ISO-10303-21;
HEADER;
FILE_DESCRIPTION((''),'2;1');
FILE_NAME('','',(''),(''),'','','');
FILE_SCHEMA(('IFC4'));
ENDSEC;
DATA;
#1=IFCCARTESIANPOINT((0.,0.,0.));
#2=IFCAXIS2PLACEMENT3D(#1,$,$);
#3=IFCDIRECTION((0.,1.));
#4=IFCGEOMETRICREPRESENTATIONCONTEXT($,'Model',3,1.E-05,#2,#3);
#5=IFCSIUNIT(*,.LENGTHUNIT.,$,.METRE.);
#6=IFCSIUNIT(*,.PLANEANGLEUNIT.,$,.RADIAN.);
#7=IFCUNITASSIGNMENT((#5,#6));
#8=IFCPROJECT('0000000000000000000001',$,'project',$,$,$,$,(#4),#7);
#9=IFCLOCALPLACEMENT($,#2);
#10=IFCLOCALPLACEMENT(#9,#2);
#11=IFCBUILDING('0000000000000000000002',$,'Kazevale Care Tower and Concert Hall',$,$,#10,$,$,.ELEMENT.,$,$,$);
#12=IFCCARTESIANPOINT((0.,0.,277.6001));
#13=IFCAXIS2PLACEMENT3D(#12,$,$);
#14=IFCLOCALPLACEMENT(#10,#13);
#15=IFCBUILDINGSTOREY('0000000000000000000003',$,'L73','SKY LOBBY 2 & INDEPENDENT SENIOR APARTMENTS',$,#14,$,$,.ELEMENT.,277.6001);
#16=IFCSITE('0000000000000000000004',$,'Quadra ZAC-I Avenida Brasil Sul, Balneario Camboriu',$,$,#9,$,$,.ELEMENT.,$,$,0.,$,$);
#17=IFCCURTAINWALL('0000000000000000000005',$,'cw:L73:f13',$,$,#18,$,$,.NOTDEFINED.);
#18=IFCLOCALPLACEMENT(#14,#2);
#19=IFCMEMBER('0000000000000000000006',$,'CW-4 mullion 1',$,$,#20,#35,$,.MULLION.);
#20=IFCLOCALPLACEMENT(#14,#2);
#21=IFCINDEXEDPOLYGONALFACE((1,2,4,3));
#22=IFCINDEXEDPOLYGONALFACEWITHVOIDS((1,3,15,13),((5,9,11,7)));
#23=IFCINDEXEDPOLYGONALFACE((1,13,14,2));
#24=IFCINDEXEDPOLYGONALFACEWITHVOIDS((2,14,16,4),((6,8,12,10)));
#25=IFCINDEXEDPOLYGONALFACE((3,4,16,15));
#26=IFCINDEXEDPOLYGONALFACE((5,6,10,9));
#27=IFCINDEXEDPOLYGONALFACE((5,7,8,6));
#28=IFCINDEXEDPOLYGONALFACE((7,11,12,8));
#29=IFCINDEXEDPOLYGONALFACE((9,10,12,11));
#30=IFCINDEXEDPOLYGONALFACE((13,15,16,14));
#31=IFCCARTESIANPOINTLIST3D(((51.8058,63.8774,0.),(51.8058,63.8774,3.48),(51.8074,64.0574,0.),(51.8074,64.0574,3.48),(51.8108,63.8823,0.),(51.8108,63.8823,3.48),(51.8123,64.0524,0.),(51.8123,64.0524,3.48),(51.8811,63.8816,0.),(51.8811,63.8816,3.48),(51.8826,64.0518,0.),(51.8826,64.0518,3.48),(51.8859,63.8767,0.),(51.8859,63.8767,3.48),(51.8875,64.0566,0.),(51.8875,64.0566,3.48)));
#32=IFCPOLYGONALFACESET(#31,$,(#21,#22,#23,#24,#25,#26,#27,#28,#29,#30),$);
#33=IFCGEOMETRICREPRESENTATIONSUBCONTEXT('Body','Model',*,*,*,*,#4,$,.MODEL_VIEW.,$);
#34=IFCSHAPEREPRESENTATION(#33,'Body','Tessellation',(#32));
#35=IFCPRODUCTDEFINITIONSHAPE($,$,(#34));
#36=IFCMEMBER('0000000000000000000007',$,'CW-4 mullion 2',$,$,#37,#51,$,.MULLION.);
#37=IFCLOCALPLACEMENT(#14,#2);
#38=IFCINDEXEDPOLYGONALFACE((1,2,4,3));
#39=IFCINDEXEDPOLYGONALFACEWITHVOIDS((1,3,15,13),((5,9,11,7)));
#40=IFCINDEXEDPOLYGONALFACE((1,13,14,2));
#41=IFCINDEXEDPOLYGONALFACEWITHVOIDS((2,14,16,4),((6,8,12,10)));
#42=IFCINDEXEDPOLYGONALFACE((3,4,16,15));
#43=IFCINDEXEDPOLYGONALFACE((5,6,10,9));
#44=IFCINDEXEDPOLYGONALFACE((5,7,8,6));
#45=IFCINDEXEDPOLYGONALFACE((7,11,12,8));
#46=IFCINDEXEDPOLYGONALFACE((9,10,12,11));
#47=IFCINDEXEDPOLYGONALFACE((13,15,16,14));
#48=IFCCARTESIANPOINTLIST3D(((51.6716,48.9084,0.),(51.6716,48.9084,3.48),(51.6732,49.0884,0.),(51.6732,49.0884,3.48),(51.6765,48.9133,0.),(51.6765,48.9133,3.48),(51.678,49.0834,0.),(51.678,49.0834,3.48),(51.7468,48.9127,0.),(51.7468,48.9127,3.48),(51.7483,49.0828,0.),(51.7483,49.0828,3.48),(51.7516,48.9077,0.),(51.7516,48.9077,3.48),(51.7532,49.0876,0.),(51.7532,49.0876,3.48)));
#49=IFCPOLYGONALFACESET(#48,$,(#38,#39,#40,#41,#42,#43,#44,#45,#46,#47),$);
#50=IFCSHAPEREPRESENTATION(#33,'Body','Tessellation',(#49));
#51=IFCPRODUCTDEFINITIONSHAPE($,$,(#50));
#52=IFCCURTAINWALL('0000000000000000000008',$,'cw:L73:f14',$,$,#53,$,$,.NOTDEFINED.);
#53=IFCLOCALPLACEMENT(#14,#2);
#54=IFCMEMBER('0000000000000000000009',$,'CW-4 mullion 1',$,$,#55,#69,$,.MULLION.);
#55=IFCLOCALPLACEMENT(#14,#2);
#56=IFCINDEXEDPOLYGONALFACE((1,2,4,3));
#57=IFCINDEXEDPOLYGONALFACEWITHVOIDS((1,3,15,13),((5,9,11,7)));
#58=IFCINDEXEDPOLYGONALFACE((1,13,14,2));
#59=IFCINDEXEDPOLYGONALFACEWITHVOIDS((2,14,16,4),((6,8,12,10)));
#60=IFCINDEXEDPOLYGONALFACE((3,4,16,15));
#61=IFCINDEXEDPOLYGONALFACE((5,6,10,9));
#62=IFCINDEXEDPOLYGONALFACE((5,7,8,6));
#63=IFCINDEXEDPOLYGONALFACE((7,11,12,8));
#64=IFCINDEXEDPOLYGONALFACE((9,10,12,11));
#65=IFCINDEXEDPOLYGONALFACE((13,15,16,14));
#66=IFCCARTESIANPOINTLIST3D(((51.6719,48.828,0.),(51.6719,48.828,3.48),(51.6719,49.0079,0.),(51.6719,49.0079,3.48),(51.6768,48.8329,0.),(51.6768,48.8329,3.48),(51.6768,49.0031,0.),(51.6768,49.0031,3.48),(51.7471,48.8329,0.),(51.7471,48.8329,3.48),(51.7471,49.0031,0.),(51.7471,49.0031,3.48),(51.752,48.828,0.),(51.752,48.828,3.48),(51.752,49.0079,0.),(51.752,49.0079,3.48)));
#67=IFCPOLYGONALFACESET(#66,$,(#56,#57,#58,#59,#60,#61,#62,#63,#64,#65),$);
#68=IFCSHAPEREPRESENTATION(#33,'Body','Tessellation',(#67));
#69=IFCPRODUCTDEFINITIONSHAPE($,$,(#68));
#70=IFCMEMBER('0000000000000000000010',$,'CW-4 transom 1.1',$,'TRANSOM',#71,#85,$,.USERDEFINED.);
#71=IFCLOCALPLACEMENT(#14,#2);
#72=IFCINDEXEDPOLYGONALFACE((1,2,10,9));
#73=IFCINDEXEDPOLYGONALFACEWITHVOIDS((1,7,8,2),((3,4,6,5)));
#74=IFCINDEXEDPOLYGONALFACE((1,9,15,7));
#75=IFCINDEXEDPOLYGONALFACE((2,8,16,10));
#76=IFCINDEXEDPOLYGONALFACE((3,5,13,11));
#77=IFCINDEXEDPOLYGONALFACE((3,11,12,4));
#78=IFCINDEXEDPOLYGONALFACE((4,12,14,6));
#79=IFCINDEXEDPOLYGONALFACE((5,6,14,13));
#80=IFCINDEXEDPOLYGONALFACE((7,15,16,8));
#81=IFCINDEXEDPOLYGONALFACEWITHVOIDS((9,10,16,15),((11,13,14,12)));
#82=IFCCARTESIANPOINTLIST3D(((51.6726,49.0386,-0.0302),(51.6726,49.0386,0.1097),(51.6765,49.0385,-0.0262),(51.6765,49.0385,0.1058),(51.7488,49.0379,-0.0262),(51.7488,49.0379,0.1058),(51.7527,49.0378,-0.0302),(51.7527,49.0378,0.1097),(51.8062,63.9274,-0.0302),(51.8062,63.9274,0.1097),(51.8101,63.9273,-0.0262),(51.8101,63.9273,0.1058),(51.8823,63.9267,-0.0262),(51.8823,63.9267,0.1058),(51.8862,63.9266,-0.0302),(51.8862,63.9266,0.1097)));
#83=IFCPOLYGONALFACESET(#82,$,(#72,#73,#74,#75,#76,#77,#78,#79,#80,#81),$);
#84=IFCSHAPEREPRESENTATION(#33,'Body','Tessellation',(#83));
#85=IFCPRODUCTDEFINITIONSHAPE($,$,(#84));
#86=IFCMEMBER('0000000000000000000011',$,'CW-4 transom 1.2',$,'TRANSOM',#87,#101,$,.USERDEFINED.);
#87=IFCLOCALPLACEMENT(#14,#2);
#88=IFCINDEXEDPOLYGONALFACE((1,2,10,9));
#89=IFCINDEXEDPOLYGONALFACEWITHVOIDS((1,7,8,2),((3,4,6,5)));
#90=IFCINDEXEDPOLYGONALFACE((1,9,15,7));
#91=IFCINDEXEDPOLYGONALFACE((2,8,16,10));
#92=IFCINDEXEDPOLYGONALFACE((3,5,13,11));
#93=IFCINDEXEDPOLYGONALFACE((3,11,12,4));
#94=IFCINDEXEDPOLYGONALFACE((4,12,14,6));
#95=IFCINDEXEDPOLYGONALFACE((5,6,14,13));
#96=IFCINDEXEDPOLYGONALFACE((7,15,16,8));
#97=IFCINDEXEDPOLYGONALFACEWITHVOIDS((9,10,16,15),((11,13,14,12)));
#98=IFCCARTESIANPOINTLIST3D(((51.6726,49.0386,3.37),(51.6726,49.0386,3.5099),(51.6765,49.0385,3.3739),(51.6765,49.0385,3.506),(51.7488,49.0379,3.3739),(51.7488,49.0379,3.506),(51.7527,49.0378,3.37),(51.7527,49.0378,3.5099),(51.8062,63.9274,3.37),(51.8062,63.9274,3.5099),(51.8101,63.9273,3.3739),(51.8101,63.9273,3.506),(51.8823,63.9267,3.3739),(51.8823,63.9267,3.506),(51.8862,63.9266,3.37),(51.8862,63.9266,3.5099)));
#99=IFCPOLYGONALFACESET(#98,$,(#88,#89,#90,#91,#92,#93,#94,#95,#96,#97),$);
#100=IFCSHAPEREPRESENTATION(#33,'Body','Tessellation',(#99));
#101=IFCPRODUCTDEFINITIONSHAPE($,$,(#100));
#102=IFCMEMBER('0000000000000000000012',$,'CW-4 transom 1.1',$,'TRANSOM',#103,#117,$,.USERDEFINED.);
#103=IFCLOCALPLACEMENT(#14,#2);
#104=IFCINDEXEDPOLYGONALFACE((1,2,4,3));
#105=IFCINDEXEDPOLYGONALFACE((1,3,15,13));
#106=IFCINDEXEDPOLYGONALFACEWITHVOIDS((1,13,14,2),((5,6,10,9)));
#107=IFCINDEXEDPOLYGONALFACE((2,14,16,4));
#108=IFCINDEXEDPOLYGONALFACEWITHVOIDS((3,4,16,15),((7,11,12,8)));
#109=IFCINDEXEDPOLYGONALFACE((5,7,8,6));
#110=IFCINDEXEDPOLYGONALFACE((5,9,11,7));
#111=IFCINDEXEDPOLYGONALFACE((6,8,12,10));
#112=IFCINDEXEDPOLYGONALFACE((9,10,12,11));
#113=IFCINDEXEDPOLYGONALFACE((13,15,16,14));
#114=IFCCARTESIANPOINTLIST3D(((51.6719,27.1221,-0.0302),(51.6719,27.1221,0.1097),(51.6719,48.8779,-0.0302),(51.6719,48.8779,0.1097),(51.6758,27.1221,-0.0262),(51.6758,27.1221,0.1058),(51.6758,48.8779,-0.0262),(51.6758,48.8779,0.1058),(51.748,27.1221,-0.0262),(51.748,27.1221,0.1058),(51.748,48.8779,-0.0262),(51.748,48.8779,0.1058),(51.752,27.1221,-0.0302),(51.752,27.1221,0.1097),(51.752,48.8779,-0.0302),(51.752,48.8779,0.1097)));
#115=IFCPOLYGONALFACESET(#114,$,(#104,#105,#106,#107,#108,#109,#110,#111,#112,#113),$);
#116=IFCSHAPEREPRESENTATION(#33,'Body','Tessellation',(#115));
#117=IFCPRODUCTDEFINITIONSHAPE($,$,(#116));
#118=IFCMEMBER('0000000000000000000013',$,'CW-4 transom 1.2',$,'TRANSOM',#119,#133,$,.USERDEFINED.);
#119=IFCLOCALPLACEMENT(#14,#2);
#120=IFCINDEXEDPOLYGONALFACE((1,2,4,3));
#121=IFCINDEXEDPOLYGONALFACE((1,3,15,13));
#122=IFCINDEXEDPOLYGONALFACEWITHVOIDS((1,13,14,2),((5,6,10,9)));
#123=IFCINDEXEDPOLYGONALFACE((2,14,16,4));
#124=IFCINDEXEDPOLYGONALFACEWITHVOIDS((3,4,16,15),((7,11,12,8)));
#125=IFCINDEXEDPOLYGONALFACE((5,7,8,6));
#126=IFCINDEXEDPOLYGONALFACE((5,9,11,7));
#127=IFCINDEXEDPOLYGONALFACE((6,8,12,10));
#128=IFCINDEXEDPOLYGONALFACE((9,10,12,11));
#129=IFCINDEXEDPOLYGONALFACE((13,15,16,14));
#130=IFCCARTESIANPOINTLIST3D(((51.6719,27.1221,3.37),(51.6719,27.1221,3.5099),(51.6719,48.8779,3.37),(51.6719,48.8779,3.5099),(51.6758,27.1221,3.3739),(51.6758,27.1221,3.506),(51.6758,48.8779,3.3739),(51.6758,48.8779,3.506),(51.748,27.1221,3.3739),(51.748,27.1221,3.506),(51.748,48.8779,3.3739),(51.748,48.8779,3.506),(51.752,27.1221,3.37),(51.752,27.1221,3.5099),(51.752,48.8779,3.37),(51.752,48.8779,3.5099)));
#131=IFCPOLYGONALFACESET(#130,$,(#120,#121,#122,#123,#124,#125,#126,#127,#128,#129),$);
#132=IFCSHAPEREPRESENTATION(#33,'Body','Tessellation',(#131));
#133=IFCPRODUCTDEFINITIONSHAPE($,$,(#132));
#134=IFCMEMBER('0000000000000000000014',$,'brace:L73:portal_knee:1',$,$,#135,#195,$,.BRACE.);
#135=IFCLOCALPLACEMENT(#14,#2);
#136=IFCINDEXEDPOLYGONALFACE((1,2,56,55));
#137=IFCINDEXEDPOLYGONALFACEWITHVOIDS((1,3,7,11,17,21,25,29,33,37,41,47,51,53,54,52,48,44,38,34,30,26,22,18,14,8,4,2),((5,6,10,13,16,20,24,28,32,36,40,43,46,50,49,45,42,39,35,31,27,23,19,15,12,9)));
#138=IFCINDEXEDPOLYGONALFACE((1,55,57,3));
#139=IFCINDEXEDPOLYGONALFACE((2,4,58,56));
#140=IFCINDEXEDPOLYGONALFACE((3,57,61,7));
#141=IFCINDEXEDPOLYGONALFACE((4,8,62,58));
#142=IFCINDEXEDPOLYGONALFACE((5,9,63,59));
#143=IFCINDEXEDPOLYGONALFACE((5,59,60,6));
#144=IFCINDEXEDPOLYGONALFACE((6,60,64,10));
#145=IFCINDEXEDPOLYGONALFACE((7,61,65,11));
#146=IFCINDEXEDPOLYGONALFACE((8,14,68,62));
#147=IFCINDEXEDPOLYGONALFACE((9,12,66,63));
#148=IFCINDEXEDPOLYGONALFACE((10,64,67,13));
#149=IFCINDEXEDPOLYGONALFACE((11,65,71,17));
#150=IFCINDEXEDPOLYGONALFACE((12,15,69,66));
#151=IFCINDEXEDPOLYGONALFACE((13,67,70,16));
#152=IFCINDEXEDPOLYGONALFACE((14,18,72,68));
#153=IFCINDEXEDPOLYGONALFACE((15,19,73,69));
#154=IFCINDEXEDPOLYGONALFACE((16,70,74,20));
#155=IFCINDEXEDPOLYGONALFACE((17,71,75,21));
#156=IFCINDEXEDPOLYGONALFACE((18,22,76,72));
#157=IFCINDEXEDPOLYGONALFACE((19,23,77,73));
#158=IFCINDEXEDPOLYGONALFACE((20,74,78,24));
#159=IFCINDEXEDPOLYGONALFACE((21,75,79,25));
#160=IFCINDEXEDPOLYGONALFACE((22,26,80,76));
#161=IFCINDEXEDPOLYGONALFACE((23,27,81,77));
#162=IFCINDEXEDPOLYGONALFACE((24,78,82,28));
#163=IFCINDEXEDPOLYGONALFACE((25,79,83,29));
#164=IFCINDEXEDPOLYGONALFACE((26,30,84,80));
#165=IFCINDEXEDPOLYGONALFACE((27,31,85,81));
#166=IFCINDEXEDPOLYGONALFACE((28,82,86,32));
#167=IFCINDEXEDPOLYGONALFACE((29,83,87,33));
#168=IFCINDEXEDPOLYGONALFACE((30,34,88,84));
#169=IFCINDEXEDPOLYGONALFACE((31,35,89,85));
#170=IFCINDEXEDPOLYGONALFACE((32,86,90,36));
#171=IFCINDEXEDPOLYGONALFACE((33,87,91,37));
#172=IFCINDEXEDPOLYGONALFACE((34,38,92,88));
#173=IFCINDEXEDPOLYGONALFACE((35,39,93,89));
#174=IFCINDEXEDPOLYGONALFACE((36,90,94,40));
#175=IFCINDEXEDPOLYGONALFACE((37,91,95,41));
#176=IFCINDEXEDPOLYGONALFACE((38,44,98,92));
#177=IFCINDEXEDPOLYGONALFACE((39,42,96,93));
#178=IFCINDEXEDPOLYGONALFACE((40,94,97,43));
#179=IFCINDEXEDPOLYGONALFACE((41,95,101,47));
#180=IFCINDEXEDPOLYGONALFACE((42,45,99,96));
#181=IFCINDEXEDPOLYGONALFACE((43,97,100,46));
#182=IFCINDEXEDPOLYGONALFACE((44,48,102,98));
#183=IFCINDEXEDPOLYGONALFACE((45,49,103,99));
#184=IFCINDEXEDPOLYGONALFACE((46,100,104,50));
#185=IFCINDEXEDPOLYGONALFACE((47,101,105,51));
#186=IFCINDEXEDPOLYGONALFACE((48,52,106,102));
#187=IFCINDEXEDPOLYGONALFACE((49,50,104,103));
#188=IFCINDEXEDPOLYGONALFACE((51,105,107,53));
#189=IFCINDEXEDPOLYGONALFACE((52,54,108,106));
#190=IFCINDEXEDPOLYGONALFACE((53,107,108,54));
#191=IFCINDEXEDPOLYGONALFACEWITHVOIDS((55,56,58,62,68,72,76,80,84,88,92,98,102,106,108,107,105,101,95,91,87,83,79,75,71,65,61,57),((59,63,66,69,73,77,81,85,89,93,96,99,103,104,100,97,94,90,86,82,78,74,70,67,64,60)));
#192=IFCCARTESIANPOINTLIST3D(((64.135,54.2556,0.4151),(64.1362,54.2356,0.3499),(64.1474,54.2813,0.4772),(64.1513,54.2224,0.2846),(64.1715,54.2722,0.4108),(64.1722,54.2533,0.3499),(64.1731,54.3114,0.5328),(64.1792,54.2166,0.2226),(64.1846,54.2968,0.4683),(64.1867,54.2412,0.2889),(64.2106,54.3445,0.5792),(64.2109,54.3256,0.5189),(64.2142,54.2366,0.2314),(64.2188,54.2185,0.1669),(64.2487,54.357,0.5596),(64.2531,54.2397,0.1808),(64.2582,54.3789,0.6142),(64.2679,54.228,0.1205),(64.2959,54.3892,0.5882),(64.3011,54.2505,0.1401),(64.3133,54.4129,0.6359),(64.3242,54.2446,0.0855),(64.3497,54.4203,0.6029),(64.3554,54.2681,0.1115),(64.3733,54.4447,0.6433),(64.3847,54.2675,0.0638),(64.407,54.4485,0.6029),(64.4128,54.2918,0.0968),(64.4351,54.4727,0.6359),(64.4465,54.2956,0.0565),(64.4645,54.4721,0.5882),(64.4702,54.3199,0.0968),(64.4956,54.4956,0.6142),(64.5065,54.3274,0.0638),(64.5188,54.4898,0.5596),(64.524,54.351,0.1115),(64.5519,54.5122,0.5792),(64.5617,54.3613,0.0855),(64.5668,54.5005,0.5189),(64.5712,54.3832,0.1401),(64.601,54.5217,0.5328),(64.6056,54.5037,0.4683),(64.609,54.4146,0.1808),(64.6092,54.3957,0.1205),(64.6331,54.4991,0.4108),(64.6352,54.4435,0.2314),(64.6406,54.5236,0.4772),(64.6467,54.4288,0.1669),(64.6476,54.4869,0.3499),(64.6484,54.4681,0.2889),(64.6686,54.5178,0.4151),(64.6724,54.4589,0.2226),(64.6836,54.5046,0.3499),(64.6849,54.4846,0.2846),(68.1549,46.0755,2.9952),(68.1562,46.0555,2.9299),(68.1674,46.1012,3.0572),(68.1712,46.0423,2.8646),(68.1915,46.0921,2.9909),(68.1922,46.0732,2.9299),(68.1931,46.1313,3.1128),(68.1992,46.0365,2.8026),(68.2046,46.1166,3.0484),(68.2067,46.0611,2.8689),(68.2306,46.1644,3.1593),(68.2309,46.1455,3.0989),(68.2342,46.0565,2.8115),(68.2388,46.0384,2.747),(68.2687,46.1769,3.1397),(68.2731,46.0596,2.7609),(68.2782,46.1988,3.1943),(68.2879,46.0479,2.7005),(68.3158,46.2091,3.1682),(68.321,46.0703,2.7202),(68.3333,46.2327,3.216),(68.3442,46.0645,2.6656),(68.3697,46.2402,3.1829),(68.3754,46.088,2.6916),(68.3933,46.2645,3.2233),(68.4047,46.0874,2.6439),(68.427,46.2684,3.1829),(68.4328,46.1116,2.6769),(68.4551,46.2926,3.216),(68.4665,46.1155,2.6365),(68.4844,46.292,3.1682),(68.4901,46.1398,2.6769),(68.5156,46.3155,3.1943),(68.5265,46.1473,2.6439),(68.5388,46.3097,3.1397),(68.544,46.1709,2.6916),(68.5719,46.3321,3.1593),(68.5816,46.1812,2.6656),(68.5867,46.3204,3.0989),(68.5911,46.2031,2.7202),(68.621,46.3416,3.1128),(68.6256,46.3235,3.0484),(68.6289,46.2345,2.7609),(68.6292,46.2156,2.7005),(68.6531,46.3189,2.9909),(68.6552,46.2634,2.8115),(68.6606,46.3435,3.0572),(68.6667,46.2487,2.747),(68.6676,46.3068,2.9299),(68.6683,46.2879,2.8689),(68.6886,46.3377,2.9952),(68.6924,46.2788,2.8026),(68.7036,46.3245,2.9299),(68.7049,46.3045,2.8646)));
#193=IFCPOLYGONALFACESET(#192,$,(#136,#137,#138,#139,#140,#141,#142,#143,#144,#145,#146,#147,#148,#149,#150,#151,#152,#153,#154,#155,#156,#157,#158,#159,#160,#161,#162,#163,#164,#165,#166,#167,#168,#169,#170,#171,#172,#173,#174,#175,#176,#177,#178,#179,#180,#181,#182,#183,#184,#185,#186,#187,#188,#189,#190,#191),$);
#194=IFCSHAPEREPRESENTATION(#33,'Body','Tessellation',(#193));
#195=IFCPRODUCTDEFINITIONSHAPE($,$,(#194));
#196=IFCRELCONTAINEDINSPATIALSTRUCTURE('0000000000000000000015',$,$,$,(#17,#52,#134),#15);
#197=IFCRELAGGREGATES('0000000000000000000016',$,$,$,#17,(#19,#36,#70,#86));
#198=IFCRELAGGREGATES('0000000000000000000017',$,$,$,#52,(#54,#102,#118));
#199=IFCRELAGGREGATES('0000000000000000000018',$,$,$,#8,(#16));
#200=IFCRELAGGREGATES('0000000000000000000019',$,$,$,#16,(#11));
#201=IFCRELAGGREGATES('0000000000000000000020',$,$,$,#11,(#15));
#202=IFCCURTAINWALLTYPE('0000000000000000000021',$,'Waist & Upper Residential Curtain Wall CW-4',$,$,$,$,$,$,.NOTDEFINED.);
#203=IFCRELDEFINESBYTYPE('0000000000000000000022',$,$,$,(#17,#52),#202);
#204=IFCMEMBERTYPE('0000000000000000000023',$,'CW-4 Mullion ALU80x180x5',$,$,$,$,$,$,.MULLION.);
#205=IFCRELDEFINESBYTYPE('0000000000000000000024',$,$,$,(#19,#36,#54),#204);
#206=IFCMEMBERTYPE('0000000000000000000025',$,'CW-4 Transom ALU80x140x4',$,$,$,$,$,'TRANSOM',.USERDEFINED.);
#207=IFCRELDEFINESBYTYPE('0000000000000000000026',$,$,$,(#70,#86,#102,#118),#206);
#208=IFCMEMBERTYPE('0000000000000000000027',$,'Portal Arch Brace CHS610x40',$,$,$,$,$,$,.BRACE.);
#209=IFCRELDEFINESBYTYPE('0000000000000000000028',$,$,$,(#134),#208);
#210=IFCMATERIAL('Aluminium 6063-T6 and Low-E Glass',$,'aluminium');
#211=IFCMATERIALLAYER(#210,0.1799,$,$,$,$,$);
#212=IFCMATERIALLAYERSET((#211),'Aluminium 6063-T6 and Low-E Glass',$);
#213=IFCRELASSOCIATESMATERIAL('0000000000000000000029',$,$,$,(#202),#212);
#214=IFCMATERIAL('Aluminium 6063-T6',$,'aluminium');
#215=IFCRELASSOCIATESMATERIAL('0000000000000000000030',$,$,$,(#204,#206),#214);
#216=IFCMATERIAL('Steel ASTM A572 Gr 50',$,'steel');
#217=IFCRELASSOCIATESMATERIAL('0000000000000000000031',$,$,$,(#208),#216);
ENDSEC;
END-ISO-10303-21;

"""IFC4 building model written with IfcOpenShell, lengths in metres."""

from ifc_helpers import new_model, si_unit, direction, frame, origin, origin_2d, place, context, subcontext, project, spatial, hollow_rectangle, hollow_circle, extrude, material, layer, layer_set, material_profile, profile_set, type_object, element, aggregate, save


model = new_model("IFC4")

# Units and contexts
model_context = context("Model", 3, precision=1e-05, world=origin(), true_north=direction((0.0, 1.0)))
body_context = subcontext(model_context, "Body", "Model", "MODEL_VIEW")
ifc_project = project(units=[si_unit("LENGTHUNIT", "METRE"), si_unit("PLANEANGLEUNIT", "RADIAN")], contexts=[model_context])

# Site, building, storey
site_placement = place(None, origin())
site = spatial("IfcSite", under=ifc_project, at=site_placement, Name="Quadra ZAC-I Avenida Brasil Sul, Balneario Camboriu", CompositionType="ELEMENT", RefElevation=0.0)
building_placement = place(site_placement, origin())
building = spatial("IfcBuilding", under=site, at=building_placement, Name="Kazevale Care Tower and Concert Hall", CompositionType="ELEMENT")
storey_placement = place(building_placement, frame((0.0, 0.0, 277.6001)))
storey = spatial("IfcBuildingStorey", under=building, at=storey_placement, Name="L73", Description="SKY LOBBY 2 & INDEPENDENT SENIOR APARTMENTS", CompositionType="ELEMENT", Elevation=277.6001)

# Shared definitions
ifc_material_1 = material(Name="Aluminium 6063-T6 and Low-E Glass", Category="aluminium")
ifc_layer_1 = layer(ifc_material_1, 0.1799)
ifc_layer_set_1 = layer_set([ifc_layer_1], Name="Aluminium 6063-T6 and Low-E Glass")
curtain_wall_type = type_object("IfcCurtainWallType", Name="Waist & Upper Residential Curtain Wall CW-4", PredefinedType="NOTDEFINED", material=ifc_layer_set_1)
ifc_material_2 = material(Name="Aluminium 6063-T6", Category="aluminium")
ifc_material_profile_1 = material_profile(ifc_material_2, hollow_rectangle(XDim=0.0801, YDim=0.1799, WallThickness=0.0049, at=origin_2d()), Name="ALU80x180x5")
ifc_profile_set_1 = profile_set([ifc_material_profile_1], Name="Aluminium 6063-T6")
member_type_1 = type_object("IfcMemberType", Name="CW-4 Mullion ALU80x180x5", PredefinedType="MULLION", material=ifc_profile_set_1)

# Curtain wall, members
curtain_wall_1_placement = place(storey_placement, origin())
curtain_wall_1 = element("IfcCurtainWall", 1, at=curtain_wall_1_placement, inside=storey, type_object=curtain_wall_type, Name="cw:L73:f13", PredefinedType="NOTDEFINED")
member_1_placement = place(storey_placement, frame((51.8467, 63.967, 0.0), z_axis=(0.0, 0.0, 1.0), x_axis=(0.99996, -0.00897, 0.0)))
member_1 = element("IfcMember", 2, at=member_1_placement, type_object=member_type_1, Name="CW-4 mullion 1", PredefinedType="MULLION", context=body_context, shape_type="SweptSolid", body=[
    extrude(hollow_rectangle(XDim=0.0801, YDim=0.1799, WallThickness=0.0049, at=origin_2d()), origin(), (0.0, 0.0, 1.0), 3.48),
])
member_2_placement = place(storey_placement, frame((51.7124, 48.998, 0.0), z_axis=(0.0, 0.0, 1.0), x_axis=(0.99996, -0.00897, 0.0)))
member_2 = element("IfcMember", 3, at=member_2_placement, type_object=member_type_1, Name="CW-4 mullion 2", PredefinedType="MULLION", context=body_context, shape_type="SweptSolid", body=[
    extrude(hollow_rectangle(XDim=0.0801, YDim=0.1799, WallThickness=0.0049, at=origin_2d()), origin(), (0.0, 0.0, 1.0), 3.48),
])

# Curtain wall, member
curtain_wall_2_placement = place(storey_placement, origin())
curtain_wall_2 = element("IfcCurtainWall", 4, at=curtain_wall_2_placement, inside=storey, type_object=curtain_wall_type, Name="cw:L73:f14", PredefinedType="NOTDEFINED")
member_3_placement = place(storey_placement, frame((51.7119, 48.918, 0.0), z_axis=(0.0, 0.0, 1.0), x_axis=(1.0, 0.0, 0.0)))
member_3 = element("IfcMember", 5, at=member_3_placement, type_object=member_type_1, Name="CW-4 mullion 1", PredefinedType="MULLION", context=body_context, shape_type="SweptSolid", body=[
    extrude(hollow_rectangle(XDim=0.0801, YDim=0.1799, WallThickness=0.0049, at=origin_2d()), origin(), (0.0, 0.0, 1.0), 3.48),
])

# Members
ifc_material_profile_2 = material_profile(ifc_material_2, hollow_rectangle(XDim=0.0801, YDim=0.1399, WallThickness=0.0039, at=origin_2d()), Name="ALU80x140x4")
ifc_profile_set_2 = profile_set([ifc_material_profile_2], Name="Aluminium 6063-T6")
member_type_2 = type_object("IfcMemberType", Name="CW-4 Transom ALU80x140x4", ElementType="TRANSOM", PredefinedType="USERDEFINED", material=ifc_profile_set_2)
member_4_placement = place(storey_placement, frame((51.8462, 63.927, 0.0398), z_axis=(-0.008969, -0.99996, 0.0), x_axis=(0.99996, -0.008969, 0.0)))
member_4 = element("IfcMember", 6, at=member_4_placement, type_object=member_type_2, Name="CW-4 transom 1.1", ObjectType="TRANSOM", PredefinedType="USERDEFINED", context=body_context, shape_type="SweptSolid", body=[
    extrude(hollow_rectangle(XDim=0.0801, YDim=0.1399, WallThickness=0.0039, at=origin_2d()), origin(), (0.0, 0.0, 1.0), 14.8894),
])
member_5_placement = place(storey_placement, frame((51.8462, 63.927, 3.4399), z_axis=(-0.008969, -0.99996, 0.0), x_axis=(0.99996, -0.008969, 0.0)))
member_5 = element("IfcMember", 7, at=member_5_placement, type_object=member_type_2, Name="CW-4 transom 1.2", ObjectType="TRANSOM", PredefinedType="USERDEFINED", context=body_context, shape_type="SweptSolid", body=[
    extrude(hollow_rectangle(XDim=0.0801, YDim=0.1399, WallThickness=0.0039, at=origin_2d()), origin(), (0.0, 0.0, 1.0), 14.8894),
])
member_6_placement = place(storey_placement, frame((51.7119, 48.8779, 0.0398), z_axis=(0.0, -1.0, 0.0), x_axis=(1.0, 0.0, 0.0)))
member_6 = element("IfcMember", 8, at=member_6_placement, type_object=member_type_2, Name="CW-4 transom 1.1", ObjectType="TRANSOM", PredefinedType="USERDEFINED", context=body_context, shape_type="SweptSolid", body=[
    extrude(hollow_rectangle(XDim=0.0801, YDim=0.1399, WallThickness=0.0039, at=origin_2d()), origin(), (0.0, 0.0, 1.0), 21.7559),
])
member_7_placement = place(storey_placement, frame((51.7119, 48.8779, 3.4399), z_axis=(0.0, -1.0, 0.0), x_axis=(1.0, 0.0, 0.0)))
member_7 = element("IfcMember", 9, at=member_7_placement, type_object=member_type_2, Name="CW-4 transom 1.2", ObjectType="TRANSOM", PredefinedType="USERDEFINED", context=body_context, shape_type="SweptSolid", body=[
    extrude(hollow_rectangle(XDim=0.0801, YDim=0.1399, WallThickness=0.0039, at=origin_2d()), origin(), (0.0, 0.0, 1.0), 21.7559),
])
ifc_material_3 = material(Name="Steel ASTM A572 Gr 50", Category="steel")
ifc_material_profile_3 = material_profile(ifc_material_3, hollow_circle(Radius=0.3049, WallThickness=0.04, at=origin_2d()), Name="CHS610x40")
ifc_profile_set_3 = profile_set([ifc_material_profile_3], Name="Steel ASTM A572 Gr 50")
member_type_3 = type_object("IfcMemberType", Name="Portal Arch Brace CHS610x40", PredefinedType="BRACE", material=ifc_profile_set_3)
member_8_placement = place(storey_placement, frame((64.4099, 54.3701, 0.3499), z_axis=(0.424378, -0.86355, 0.272369), x_axis=(0.897481, 0.441053, 0.0)))
element("IfcMember", 10, at=member_8_placement, inside=storey, type_object=member_type_3, Name="brace:L73:portal_knee:1", PredefinedType="BRACE", context=body_context, shape_type="SweptSolid", body=[
    extrude(hollow_circle(Radius=0.3049, WallThickness=0.04, at=origin_2d()), origin(), (0.0, 0.0, 1.0), 9.4727),
])

aggregate(curtain_wall_1, [member_1, member_2, member_4, member_5])
aggregate(curtain_wall_2, [member_3, member_6, member_7])

save(model, "model.ifc")
